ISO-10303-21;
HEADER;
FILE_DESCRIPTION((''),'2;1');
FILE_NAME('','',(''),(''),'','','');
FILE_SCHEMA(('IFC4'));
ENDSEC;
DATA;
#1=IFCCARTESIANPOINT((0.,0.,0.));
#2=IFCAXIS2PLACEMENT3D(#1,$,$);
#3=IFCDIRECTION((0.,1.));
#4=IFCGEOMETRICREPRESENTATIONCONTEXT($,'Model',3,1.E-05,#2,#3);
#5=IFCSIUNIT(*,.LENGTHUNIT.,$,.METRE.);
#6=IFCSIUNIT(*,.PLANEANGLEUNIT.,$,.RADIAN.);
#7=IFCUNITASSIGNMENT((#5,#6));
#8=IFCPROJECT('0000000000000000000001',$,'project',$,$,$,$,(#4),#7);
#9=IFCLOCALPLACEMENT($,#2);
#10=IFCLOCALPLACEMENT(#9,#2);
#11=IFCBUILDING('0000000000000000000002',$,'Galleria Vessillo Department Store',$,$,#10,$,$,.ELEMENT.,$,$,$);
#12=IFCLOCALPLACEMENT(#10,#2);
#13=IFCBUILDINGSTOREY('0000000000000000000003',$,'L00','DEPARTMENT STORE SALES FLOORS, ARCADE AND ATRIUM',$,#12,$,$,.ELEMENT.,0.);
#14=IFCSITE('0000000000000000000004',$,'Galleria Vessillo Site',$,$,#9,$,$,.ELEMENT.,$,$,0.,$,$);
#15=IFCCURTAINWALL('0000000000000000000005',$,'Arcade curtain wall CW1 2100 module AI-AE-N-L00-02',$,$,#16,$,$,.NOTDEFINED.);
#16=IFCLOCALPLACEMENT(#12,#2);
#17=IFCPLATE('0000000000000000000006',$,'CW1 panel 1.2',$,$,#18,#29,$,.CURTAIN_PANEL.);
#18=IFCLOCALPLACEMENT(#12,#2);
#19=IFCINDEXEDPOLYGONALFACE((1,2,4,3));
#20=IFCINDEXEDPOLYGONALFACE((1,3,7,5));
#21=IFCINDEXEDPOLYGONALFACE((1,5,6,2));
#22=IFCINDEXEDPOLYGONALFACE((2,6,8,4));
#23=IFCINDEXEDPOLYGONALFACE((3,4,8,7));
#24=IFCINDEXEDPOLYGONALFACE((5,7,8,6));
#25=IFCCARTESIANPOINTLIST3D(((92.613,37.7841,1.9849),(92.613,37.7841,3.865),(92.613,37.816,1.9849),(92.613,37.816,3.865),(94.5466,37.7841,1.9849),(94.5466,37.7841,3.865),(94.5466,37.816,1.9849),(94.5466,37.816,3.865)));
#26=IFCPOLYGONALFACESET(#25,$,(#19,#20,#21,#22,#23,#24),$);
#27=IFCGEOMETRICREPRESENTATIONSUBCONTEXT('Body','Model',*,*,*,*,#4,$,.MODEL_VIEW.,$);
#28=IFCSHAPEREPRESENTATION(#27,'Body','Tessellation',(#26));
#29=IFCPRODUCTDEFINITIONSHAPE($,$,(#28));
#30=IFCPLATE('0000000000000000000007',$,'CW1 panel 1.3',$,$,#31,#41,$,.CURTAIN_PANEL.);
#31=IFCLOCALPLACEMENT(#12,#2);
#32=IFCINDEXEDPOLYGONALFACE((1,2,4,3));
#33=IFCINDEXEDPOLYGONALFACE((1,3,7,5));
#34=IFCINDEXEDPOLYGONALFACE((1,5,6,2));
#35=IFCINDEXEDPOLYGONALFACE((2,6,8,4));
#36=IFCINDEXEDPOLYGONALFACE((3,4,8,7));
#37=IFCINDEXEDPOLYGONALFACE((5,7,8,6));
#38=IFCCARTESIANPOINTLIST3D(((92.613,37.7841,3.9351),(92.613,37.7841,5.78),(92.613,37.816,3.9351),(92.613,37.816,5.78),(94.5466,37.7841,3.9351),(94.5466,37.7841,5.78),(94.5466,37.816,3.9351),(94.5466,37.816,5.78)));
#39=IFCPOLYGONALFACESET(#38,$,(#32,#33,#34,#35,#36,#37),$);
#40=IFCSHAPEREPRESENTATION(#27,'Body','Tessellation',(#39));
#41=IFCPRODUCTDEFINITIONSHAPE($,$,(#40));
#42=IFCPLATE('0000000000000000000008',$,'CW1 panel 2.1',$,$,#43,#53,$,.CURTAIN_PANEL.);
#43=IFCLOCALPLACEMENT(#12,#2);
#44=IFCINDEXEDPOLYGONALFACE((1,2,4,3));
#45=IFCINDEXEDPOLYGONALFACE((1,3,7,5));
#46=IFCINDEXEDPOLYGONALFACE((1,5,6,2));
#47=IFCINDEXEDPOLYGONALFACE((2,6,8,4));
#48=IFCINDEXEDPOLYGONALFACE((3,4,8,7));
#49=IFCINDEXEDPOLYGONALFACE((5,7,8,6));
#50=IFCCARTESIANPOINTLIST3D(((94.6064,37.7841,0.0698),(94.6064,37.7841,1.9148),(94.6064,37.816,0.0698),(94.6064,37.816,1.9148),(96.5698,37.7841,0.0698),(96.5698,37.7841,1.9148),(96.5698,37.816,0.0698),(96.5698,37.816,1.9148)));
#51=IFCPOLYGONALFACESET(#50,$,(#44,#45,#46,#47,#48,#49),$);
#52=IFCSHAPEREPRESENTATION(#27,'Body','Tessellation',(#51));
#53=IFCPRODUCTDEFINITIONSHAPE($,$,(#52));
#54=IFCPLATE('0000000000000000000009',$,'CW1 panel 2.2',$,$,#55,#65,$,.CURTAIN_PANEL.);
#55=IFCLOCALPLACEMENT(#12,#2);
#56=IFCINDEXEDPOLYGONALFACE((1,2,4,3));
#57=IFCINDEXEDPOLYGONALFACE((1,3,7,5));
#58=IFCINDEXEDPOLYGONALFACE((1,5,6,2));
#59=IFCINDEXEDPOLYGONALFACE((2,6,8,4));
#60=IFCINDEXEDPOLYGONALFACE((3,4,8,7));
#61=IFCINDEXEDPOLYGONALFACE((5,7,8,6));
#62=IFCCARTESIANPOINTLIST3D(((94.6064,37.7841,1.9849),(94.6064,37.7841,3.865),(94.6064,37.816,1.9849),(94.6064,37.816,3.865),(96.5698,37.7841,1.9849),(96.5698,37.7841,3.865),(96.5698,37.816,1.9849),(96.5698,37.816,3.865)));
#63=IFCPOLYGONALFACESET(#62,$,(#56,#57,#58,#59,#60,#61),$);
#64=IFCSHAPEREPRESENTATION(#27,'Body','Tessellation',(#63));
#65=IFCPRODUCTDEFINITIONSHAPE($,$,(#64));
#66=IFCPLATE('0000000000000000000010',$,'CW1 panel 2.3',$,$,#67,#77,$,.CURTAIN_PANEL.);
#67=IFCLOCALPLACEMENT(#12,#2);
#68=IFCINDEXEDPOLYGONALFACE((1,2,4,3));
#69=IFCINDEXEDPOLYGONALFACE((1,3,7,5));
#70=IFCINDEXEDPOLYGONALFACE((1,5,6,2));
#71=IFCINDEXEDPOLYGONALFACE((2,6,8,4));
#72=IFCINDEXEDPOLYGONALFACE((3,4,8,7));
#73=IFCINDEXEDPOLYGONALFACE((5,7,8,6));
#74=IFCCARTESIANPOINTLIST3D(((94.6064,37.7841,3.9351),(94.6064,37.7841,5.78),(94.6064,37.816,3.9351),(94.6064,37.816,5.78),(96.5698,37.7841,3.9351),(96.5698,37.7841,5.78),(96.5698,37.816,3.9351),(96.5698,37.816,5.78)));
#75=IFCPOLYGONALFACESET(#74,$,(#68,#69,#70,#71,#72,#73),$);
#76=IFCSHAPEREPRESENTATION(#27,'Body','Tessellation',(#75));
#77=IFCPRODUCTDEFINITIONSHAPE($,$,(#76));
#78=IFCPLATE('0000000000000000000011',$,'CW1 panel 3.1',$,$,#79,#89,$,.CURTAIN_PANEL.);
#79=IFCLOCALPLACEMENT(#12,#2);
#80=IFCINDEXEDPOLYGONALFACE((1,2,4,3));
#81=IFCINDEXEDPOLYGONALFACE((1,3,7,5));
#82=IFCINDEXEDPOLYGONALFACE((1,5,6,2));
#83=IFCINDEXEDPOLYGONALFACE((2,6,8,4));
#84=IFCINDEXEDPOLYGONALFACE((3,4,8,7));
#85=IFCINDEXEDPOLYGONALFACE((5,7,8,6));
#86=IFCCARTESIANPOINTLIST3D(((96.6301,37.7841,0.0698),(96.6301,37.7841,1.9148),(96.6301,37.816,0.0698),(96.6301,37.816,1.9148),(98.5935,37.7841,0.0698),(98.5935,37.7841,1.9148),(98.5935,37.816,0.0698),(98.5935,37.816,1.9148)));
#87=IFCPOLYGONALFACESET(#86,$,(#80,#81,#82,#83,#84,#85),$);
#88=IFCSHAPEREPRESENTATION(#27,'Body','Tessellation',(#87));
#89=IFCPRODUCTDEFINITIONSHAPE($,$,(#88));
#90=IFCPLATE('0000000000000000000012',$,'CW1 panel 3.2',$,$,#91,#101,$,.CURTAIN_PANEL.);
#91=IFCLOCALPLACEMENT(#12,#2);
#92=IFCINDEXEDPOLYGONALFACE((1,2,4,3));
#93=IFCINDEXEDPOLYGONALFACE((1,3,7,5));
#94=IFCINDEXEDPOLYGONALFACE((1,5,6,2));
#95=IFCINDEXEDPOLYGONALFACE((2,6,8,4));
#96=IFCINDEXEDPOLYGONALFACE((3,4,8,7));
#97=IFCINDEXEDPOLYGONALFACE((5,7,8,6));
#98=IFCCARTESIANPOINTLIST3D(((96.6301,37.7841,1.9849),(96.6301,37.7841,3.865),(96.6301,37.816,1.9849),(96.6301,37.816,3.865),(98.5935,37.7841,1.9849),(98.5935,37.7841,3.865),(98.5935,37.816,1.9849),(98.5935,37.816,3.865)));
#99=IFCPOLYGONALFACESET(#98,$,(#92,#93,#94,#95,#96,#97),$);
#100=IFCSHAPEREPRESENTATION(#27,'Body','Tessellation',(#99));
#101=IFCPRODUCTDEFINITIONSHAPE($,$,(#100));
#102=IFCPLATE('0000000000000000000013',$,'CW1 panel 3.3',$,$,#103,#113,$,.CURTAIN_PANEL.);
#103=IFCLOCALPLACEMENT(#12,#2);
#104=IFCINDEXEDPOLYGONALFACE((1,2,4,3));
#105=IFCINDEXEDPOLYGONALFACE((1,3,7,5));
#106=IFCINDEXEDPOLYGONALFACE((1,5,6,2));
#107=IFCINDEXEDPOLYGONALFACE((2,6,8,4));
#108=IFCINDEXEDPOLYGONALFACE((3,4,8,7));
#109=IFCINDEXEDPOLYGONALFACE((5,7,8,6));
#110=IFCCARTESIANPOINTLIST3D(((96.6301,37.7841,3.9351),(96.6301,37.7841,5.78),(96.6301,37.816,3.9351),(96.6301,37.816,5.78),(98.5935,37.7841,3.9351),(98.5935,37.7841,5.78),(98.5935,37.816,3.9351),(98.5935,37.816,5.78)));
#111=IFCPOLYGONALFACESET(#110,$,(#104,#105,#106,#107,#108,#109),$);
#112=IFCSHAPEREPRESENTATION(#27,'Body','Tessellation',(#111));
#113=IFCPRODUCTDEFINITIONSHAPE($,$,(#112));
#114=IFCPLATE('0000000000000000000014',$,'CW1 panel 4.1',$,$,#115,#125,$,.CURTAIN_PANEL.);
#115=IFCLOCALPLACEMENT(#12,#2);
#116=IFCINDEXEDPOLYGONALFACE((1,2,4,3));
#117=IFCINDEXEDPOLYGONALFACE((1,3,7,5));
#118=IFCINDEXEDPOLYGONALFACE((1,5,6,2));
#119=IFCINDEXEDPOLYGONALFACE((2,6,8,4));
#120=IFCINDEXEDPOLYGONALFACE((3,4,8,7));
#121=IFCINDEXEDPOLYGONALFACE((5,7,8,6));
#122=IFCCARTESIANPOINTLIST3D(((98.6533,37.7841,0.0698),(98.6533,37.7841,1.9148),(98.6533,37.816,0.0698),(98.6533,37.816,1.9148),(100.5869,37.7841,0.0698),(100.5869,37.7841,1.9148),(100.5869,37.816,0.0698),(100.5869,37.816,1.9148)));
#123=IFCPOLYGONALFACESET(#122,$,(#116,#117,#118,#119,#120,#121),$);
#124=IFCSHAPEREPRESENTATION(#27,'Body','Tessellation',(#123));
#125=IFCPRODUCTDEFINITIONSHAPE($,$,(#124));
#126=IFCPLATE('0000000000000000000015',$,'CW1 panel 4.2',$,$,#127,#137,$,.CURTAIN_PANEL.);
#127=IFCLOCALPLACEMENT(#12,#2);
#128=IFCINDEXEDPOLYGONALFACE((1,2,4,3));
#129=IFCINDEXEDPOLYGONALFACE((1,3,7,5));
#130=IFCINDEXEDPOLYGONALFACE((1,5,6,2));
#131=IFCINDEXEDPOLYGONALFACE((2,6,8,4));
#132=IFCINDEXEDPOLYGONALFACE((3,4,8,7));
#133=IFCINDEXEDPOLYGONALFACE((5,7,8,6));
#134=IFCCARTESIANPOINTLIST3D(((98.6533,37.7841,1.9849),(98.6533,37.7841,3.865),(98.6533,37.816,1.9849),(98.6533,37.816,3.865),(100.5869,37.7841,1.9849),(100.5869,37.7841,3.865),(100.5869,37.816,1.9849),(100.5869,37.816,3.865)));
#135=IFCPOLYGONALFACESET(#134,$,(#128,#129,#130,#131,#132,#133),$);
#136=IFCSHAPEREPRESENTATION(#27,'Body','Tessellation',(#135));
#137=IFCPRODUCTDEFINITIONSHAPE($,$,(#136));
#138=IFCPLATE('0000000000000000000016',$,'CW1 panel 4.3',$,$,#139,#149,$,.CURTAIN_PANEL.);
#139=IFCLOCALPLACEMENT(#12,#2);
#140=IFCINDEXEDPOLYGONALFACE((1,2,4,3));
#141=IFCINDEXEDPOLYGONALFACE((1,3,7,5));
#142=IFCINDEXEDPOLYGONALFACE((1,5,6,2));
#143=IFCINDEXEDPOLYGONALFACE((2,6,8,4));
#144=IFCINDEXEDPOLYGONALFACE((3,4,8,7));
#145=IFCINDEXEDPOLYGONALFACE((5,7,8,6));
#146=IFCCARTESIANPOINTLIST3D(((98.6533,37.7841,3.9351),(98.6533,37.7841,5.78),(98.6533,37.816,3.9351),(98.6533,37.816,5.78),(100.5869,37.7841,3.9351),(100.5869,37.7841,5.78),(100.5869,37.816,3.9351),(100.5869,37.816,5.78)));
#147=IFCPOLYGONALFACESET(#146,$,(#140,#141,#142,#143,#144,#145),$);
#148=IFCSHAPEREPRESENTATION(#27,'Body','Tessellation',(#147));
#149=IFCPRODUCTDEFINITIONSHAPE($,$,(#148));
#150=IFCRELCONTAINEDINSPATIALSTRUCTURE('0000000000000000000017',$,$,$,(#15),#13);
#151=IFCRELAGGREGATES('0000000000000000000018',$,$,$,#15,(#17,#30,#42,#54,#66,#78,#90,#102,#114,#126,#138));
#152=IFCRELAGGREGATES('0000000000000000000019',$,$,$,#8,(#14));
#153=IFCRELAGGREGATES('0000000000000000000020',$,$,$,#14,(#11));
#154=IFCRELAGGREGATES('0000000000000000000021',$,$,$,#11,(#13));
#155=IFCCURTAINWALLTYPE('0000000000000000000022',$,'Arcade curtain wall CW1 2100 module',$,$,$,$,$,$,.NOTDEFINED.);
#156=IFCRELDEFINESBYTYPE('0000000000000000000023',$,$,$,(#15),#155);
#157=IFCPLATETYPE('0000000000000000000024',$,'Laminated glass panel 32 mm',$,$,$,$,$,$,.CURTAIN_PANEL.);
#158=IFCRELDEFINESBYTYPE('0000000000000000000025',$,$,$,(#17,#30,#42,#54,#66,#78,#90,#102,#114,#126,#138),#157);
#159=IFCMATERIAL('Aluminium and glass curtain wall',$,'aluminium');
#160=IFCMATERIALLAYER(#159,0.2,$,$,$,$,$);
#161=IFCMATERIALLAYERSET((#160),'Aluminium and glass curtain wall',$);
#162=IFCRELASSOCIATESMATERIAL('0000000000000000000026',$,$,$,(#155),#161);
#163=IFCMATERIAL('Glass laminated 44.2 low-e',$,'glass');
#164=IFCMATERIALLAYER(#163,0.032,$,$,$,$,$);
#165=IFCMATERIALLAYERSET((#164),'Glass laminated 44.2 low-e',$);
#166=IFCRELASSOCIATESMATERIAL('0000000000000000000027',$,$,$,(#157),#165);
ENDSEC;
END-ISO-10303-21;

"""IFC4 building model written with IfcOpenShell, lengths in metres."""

from ifc_helpers import new_model, si_unit, direction, frame, origin, origin_2d, place, context, subcontext, project, spatial, rectangle, extrude, material, layer, layer_set, type_object, element, aggregate, save


model = new_model("IFC4")

# Units and contexts
model_context = context("Model", 3, precision=1e-05, world=origin(), true_north=direction((0.0, 1.0)))
body_context = subcontext(model_context, "Body", "Model", "MODEL_VIEW")
ifc_project = project(units=[si_unit("LENGTHUNIT", "METRE"), si_unit("PLANEANGLEUNIT", "RADIAN")], contexts=[model_context])

# Site, building, storey
site_placement = place(None, origin())
site = spatial("IfcSite", under=ifc_project, at=site_placement, Name="Galleria Vessillo Site", CompositionType="ELEMENT", RefElevation=0.0)
building_placement = place(site_placement, origin())
building = spatial("IfcBuilding", under=site, at=building_placement, Name="Galleria Vessillo Department Store", CompositionType="ELEMENT")
storey_placement = place(building_placement, origin())
storey = spatial("IfcBuildingStorey", under=building, at=storey_placement, Name="L00", Description="DEPARTMENT STORE SALES FLOORS, ARCADE AND ATRIUM", CompositionType="ELEMENT", Elevation=0.0)

# Curtain wall
ifc_material_1 = material(Name="Aluminium and glass curtain wall", Category="aluminium")
ifc_layer_1 = layer(ifc_material_1, 0.2)
ifc_layer_set_1 = layer_set([ifc_layer_1], Name="Aluminium and glass curtain wall")
curtain_wall_type = type_object("IfcCurtainWallType", Name="Arcade curtain wall CW1 2100 module", PredefinedType="NOTDEFINED", material=ifc_layer_set_1)
curtain_wall_placement = place(storey_placement, origin())
curtain_wall = element("IfcCurtainWall", 1, at=curtain_wall_placement, inside=storey, type_object=curtain_wall_type, Name="Arcade curtain wall CW1 2100 module AI-AE-N-L00-02", PredefinedType="NOTDEFINED")

# Plates
ifc_material_2 = material(Name="Glass laminated 44.2 low-e", Category="glass")
ifc_layer_2 = layer(ifc_material_2, 0.032)
ifc_layer_set_2 = layer_set([ifc_layer_2], Name="Glass laminated 44.2 low-e")
plate_type = type_object("IfcPlateType", Name="Laminated glass panel 32 mm", PredefinedType="CURTAIN_PANEL", material=ifc_layer_set_2)
plate_1_placement = place(storey_placement, frame((93.5798, 37.8, 1.9849), z_axis=(0.0, 0.0, 1.0), x_axis=(1.0, 0.0, 0.0)))
plate_1 = element("IfcPlate", 2, at=plate_1_placement, type_object=plate_type, Name="CW1 panel 1.2", PredefinedType="CURTAIN_PANEL", context=body_context, shape_type="SweptSolid", body=[
    extrude(rectangle(XDim=1.9336, YDim=0.032, at=origin_2d()), origin(), (0.0, 0.0, 1.0), 1.8801),
])
plate_2_placement = place(storey_placement, frame((93.5798, 37.8, 3.9351), z_axis=(0.0, 0.0, 1.0), x_axis=(1.0, 0.0, 0.0)))
plate_2 = element("IfcPlate", 3, at=plate_2_placement, type_object=plate_type, Name="CW1 panel 1.3", PredefinedType="CURTAIN_PANEL", context=body_context, shape_type="SweptSolid", body=[
    extrude(rectangle(XDim=1.9336, YDim=0.032, at=origin_2d()), origin(), (0.0, 0.0, 1.0), 1.845),
])
plate_3_placement = place(storey_placement, frame((95.5881, 37.8, 0.0698), z_axis=(0.0, 0.0, 1.0), x_axis=(1.0, 0.0, 0.0)))
plate_3 = element("IfcPlate", 4, at=plate_3_placement, type_object=plate_type, Name="CW1 panel 2.1", PredefinedType="CURTAIN_PANEL", context=body_context, shape_type="SweptSolid", body=[
    extrude(rectangle(XDim=1.9634, YDim=0.032, at=origin_2d()), origin(), (0.0, 0.0, 1.0), 1.845),
])
plate_4_placement = place(storey_placement, frame((95.5881, 37.8, 1.9849), z_axis=(0.0, 0.0, 1.0), x_axis=(1.0, 0.0, 0.0)))
plate_4 = element("IfcPlate", 5, at=plate_4_placement, type_object=plate_type, Name="CW1 panel 2.2", PredefinedType="CURTAIN_PANEL", context=body_context, shape_type="SweptSolid", body=[
    extrude(rectangle(XDim=1.9634, YDim=0.032, at=origin_2d()), origin(), (0.0, 0.0, 1.0), 1.8801),
])
plate_5_placement = place(storey_placement, frame((95.5881, 37.8, 3.9351), z_axis=(0.0, 0.0, 1.0), x_axis=(1.0, 0.0, 0.0)))
plate_5 = element("IfcPlate", 6, at=plate_5_placement, type_object=plate_type, Name="CW1 panel 2.3", PredefinedType="CURTAIN_PANEL", context=body_context, shape_type="SweptSolid", body=[
    extrude(rectangle(XDim=1.9634, YDim=0.032, at=origin_2d()), origin(), (0.0, 0.0, 1.0), 1.845),
])
plate_6_placement = place(storey_placement, frame((97.6118, 37.8, 0.0698), z_axis=(0.0, 0.0, 1.0), x_axis=(1.0, 0.0, 0.0)))
plate_6 = element("IfcPlate", 7, at=plate_6_placement, type_object=plate_type, Name="CW1 panel 3.1", PredefinedType="CURTAIN_PANEL", context=body_context, shape_type="SweptSolid", body=[
    extrude(rectangle(XDim=1.9634, YDim=0.032, at=origin_2d()), origin(), (0.0, 0.0, 1.0), 1.845),
])
plate_7_placement = place(storey_placement, frame((97.6118, 37.8, 1.9849), z_axis=(0.0, 0.0, 1.0), x_axis=(1.0, 0.0, 0.0)))
plate_7 = element("IfcPlate", 8, at=plate_7_placement, type_object=plate_type, Name="CW1 panel 3.2", PredefinedType="CURTAIN_PANEL", context=body_context, shape_type="SweptSolid", body=[
    extrude(rectangle(XDim=1.9634, YDim=0.032, at=origin_2d()), origin(), (0.0, 0.0, 1.0), 1.8801),
])
plate_8_placement = place(storey_placement, frame((97.6118, 37.8, 3.9351), z_axis=(0.0, 0.0, 1.0), x_axis=(1.0, 0.0, 0.0)))
plate_8 = element("IfcPlate", 9, at=plate_8_placement, type_object=plate_type, Name="CW1 panel 3.3", PredefinedType="CURTAIN_PANEL", context=body_context, shape_type="SweptSolid", body=[
    extrude(rectangle(XDim=1.9634, YDim=0.032, at=origin_2d()), origin(), (0.0, 0.0, 1.0), 1.845),
])
plate_9_placement = place(storey_placement, frame((99.6201, 37.8, 0.0698), z_axis=(0.0, 0.0, 1.0), x_axis=(1.0, 0.0, 0.0)))
plate_9 = element("IfcPlate", 10, at=plate_9_placement, type_object=plate_type, Name="CW1 panel 4.1", PredefinedType="CURTAIN_PANEL", context=body_context, shape_type="SweptSolid", body=[
    extrude(rectangle(XDim=1.9336, YDim=0.032, at=origin_2d()), origin(), (0.0, 0.0, 1.0), 1.845),
])
plate_10_placement = place(storey_placement, frame((99.6201, 37.8, 1.9849), z_axis=(0.0, 0.0, 1.0), x_axis=(1.0, 0.0, 0.0)))
plate_10 = element("IfcPlate", 11, at=plate_10_placement, type_object=plate_type, Name="CW1 panel 4.2", PredefinedType="CURTAIN_PANEL", context=body_context, shape_type="SweptSolid", body=[
    extrude(rectangle(XDim=1.9336, YDim=0.032, at=origin_2d()), origin(), (0.0, 0.0, 1.0), 1.8801),
])
plate_11_placement = place(storey_placement, frame((99.6201, 37.8, 3.9351), z_axis=(0.0, 0.0, 1.0), x_axis=(1.0, 0.0, 0.0)))
plate_11 = element("IfcPlate", 12, at=plate_11_placement, type_object=plate_type, Name="CW1 panel 4.3", PredefinedType="CURTAIN_PANEL", context=body_context, shape_type="SweptSolid", body=[
    extrude(rectangle(XDim=1.9336, YDim=0.032, at=origin_2d()), origin(), (0.0, 0.0, 1.0), 1.845),
])
aggregate(curtain_wall, [plate_1, plate_2, plate_3, plate_4, plate_5, plate_6, plate_7, plate_8, plate_9, plate_10, plate_11])

save(model, "model.ifc")
